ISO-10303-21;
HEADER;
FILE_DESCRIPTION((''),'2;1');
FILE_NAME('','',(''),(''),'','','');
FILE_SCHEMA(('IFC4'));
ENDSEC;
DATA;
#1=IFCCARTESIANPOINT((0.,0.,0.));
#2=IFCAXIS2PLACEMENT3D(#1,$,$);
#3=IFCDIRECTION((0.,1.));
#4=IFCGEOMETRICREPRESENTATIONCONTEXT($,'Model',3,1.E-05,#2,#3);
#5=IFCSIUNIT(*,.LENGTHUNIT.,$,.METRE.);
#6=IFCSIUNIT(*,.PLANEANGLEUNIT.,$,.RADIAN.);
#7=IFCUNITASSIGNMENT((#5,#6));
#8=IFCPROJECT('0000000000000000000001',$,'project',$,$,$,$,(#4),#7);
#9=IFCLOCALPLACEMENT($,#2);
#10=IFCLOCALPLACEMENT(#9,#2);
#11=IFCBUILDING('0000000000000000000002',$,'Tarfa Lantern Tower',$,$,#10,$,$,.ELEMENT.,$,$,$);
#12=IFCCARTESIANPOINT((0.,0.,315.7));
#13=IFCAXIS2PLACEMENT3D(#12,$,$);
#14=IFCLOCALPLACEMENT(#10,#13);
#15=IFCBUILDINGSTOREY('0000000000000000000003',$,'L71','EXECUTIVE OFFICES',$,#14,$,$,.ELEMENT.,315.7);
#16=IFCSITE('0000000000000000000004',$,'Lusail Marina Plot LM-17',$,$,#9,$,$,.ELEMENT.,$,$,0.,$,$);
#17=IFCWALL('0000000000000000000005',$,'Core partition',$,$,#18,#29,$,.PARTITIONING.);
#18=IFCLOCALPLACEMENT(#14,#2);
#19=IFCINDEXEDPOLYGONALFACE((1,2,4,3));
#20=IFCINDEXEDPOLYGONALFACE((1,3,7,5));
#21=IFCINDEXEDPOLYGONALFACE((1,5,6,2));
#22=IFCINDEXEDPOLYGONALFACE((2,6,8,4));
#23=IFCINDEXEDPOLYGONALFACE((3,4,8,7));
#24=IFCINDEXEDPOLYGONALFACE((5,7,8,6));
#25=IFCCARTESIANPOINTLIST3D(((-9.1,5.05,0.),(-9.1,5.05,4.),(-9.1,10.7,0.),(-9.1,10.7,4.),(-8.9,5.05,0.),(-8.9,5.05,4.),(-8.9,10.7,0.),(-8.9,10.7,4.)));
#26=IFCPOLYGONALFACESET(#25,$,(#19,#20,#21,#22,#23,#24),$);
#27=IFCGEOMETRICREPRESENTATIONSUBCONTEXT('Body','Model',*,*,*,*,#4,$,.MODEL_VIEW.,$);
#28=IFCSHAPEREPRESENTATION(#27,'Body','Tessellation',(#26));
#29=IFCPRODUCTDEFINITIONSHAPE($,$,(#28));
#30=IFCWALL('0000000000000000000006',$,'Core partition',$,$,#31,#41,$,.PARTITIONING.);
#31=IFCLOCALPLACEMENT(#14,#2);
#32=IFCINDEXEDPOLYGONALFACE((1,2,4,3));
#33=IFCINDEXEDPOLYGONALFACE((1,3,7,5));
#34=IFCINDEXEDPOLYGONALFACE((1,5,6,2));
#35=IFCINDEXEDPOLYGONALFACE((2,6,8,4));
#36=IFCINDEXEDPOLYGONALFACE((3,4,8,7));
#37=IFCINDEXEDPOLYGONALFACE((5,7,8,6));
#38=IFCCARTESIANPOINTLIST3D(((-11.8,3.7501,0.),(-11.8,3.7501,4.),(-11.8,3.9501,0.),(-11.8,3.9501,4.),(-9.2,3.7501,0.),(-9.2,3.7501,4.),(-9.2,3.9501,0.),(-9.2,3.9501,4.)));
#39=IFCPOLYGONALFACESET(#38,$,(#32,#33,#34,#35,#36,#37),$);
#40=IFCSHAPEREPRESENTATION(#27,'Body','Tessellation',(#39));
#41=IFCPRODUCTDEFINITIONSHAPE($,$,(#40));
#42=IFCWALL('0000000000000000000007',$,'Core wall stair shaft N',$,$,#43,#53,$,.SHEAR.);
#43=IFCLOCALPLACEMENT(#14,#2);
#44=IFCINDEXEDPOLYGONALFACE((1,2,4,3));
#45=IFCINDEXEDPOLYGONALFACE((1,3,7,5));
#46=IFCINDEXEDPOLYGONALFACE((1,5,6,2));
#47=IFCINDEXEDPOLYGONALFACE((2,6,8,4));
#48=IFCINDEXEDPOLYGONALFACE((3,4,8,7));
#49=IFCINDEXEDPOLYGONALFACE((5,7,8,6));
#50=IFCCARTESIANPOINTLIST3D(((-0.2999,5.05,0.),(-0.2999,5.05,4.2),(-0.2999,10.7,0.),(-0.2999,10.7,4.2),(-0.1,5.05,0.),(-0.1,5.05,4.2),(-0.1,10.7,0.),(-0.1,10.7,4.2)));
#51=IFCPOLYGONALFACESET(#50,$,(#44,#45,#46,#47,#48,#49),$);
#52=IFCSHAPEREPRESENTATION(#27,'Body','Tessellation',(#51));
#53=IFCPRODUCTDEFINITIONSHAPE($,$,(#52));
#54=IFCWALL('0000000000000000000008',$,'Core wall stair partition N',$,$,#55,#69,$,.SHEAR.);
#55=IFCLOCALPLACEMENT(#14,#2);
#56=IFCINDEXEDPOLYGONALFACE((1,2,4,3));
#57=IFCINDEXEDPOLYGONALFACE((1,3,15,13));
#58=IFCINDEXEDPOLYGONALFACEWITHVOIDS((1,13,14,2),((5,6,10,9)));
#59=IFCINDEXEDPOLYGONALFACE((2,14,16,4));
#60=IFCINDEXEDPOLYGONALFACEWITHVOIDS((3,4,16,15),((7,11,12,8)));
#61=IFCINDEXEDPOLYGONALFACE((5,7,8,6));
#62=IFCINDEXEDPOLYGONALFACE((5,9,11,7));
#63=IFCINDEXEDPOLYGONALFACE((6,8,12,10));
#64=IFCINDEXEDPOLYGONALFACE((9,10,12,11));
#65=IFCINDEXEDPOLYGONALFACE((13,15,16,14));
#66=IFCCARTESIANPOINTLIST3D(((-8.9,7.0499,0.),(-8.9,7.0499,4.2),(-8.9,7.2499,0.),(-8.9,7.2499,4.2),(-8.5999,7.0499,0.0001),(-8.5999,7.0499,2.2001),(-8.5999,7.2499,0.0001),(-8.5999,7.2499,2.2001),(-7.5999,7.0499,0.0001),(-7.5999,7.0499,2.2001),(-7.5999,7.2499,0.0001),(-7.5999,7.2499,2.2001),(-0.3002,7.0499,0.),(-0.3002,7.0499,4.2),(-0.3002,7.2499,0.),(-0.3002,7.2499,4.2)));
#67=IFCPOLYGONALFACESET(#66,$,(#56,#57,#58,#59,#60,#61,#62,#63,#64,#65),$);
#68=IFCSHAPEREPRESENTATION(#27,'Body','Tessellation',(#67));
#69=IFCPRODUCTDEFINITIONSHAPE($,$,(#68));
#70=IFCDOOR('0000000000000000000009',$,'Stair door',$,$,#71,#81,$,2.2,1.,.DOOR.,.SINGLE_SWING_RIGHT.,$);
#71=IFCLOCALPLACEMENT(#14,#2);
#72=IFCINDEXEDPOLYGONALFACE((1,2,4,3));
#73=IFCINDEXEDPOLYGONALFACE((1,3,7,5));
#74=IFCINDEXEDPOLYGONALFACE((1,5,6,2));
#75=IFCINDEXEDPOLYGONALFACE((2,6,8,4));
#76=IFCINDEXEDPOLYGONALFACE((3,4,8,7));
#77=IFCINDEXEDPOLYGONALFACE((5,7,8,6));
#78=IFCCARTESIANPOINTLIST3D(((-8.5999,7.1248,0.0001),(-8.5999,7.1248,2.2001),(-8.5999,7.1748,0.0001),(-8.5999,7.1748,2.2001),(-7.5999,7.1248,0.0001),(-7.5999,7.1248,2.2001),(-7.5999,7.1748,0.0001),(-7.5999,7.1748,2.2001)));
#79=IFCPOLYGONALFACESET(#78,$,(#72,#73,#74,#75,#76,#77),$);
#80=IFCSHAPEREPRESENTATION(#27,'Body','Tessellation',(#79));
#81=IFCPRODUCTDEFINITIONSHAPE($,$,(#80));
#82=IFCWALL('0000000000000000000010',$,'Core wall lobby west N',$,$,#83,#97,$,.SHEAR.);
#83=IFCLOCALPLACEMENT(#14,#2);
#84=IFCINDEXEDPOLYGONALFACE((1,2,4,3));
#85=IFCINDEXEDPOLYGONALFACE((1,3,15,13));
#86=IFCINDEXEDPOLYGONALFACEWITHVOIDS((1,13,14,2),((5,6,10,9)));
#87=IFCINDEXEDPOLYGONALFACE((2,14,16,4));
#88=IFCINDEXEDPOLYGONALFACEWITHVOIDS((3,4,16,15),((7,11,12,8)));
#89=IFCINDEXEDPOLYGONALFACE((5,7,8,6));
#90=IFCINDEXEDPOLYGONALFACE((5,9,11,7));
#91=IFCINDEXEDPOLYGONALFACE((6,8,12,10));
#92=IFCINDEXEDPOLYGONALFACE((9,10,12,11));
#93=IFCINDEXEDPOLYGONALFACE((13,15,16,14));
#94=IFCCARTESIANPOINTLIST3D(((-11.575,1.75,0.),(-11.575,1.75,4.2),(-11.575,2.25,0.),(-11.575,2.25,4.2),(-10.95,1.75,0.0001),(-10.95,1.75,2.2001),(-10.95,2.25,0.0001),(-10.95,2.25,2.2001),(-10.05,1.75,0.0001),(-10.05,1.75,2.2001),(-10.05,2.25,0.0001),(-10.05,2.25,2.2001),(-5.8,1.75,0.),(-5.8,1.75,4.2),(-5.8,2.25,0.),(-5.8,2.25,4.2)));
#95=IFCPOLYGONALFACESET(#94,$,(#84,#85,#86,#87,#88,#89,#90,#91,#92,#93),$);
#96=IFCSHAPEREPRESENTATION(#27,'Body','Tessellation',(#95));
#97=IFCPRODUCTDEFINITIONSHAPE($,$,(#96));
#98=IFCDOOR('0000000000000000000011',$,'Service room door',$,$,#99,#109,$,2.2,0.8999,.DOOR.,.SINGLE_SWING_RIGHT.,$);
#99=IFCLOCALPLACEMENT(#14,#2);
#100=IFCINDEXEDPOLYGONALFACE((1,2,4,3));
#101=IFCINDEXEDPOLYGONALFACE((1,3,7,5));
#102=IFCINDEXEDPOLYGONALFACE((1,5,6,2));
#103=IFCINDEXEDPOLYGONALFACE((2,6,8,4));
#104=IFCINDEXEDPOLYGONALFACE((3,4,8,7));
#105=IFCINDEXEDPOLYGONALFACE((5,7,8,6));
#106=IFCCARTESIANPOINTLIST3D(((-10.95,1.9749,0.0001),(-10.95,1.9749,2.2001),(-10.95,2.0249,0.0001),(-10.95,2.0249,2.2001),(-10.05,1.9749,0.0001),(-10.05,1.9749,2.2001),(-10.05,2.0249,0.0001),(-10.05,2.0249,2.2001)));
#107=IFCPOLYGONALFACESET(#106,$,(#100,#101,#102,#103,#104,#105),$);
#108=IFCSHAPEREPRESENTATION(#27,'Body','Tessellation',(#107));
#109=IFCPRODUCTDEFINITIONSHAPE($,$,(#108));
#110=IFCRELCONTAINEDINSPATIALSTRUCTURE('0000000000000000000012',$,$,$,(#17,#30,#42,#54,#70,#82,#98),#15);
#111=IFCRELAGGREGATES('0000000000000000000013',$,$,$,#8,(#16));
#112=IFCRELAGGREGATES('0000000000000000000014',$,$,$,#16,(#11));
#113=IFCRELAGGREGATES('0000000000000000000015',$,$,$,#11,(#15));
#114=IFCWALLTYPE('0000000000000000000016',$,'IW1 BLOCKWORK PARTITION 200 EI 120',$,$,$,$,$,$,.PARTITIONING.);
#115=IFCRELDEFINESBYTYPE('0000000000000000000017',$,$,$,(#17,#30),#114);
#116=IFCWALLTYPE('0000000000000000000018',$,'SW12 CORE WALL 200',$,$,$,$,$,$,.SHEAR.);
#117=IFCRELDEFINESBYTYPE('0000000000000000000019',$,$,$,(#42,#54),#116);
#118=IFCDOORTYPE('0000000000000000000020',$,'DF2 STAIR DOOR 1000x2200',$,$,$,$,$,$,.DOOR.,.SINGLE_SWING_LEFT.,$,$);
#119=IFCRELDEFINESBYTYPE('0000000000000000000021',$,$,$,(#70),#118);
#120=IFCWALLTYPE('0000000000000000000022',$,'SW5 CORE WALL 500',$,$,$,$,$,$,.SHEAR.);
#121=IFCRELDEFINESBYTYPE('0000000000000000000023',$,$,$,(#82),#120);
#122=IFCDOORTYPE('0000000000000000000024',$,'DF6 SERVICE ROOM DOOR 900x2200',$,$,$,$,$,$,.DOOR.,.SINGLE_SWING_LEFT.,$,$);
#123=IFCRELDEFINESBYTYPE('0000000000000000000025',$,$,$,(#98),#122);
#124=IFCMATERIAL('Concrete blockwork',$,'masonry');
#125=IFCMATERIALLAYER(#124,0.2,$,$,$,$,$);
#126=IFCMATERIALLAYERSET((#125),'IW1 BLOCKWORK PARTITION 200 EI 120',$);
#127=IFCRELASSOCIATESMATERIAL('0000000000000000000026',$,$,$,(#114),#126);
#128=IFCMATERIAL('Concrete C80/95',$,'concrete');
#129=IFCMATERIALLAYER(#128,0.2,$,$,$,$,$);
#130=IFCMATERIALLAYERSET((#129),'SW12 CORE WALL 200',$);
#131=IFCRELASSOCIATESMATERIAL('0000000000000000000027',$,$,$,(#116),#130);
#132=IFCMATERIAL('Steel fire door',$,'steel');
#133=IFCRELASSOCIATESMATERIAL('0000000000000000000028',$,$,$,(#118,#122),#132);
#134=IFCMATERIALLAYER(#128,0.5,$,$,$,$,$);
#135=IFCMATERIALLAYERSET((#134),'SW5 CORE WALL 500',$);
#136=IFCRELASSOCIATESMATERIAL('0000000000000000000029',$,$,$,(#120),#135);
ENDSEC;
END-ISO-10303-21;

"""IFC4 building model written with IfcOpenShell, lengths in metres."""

from ifc_helpers import new_model, si_unit, direction, frame, frame_2d, origin, place, context, subcontext, project, spatial, rectangle, extrude, material, layer, layer_set, type_object, element, fill, save


model = new_model("IFC4")

# Units and contexts
model_context = context("Model", 3, precision=1e-05, world=origin(), true_north=direction((0.0, 1.0)))
body_context = subcontext(model_context, "Body", "Model", "MODEL_VIEW")
ifc_project = project(units=[si_unit("LENGTHUNIT", "METRE"), si_unit("PLANEANGLEUNIT", "RADIAN")], contexts=[model_context])

# Site, building, storey
site_placement = place(None, origin())
site = spatial("IfcSite", under=ifc_project, at=site_placement, Name="Lusail Marina Plot LM-17", CompositionType="ELEMENT", RefElevation=0.0)
building_placement = place(site_placement, origin())
building = spatial("IfcBuilding", under=site, at=building_placement, Name="Tarfa Lantern Tower", CompositionType="ELEMENT")
storey_placement = place(building_placement, frame((0.0, 0.0, 315.7)))
storey = spatial("IfcBuildingStorey", under=building, at=storey_placement, Name="L71", Description="EXECUTIVE OFFICES", CompositionType="ELEMENT", Elevation=315.7)

# Walls
ifc_material_1 = material(Name="Concrete blockwork", Category="masonry")
ifc_layer_1 = layer(ifc_material_1, 0.2)
ifc_layer_set_1 = layer_set([ifc_layer_1], Name="IW1 BLOCKWORK PARTITION 200 EI 120")
wall_type_1 = type_object("IfcWallType", Name="IW1 BLOCKWORK PARTITION 200 EI 120", PredefinedType="PARTITIONING", material=ifc_layer_set_1)
wall_1_placement = place(storey_placement, frame((-9.0, 5.05, 0.0), z_axis=(0.0, 0.0, 1.0), x_axis=(0.0, 1.0, 0.0)))
element("IfcWall", 1, at=wall_1_placement, inside=storey, type_object=wall_type_1, Name="Core partition", PredefinedType="PARTITIONING", context=body_context, shape_type="SweptSolid", body=[
    extrude(rectangle(XDim=5.6499, YDim=0.2, at=frame_2d((2.825, 0.0))), origin(), (0.0, 0.0, 1.0), 4.0),
])
wall_2_placement = place(storey_placement, frame((-11.8, 3.8501, 0.0), z_axis=(0.0, 0.0, 1.0), x_axis=(1.0, 0.0, 0.0)))
element("IfcWall", 2, at=wall_2_placement, inside=storey, type_object=wall_type_1, Name="Core partition", PredefinedType="PARTITIONING", context=body_context, shape_type="SweptSolid", body=[
    extrude(rectangle(XDim=2.6001, YDim=0.2, at=frame_2d((1.3, 0.0))), origin(), (0.0, 0.0, 1.0), 4.0),
])
ifc_material_2 = material(Name="Concrete C80/95", Category="concrete")
ifc_layer_2 = layer(ifc_material_2, 0.2)
ifc_layer_set_2 = layer_set([ifc_layer_2], Name="SW12 CORE WALL 200")
wall_type_2 = type_object("IfcWallType", Name="SW12 CORE WALL 200", PredefinedType="SHEAR", material=ifc_layer_set_2)
wall_3_placement = place(storey_placement, frame((-0.2, 5.05, 0.0), z_axis=(0.0, 0.0, 1.0), x_axis=(0.0, 1.0, 0.0)))
element("IfcWall", 3, at=wall_3_placement, inside=storey, type_object=wall_type_2, Name="Core wall stair shaft N", PredefinedType="SHEAR", context=body_context, shape_type="SweptSolid", body=[
    extrude(rectangle(XDim=5.6499, YDim=0.2, at=frame_2d((2.825, 0.0))), origin(), (0.0, 0.0, 1.0), 4.2),
])

# Walls, openings, doors
wall_4_placement = place(storey_placement, frame((-8.8999, 7.1499, 0.0), z_axis=(0.0, 0.0, 1.0), x_axis=(1.0, 0.0, 0.0)))
wall_4 = element("IfcWall", 4, at=wall_4_placement, inside=storey, type_object=wall_type_2, Name="Core wall stair partition N", PredefinedType="SHEAR", context=body_context, shape_type="SweptSolid", body=[
    extrude(rectangle(XDim=8.5999, YDim=0.2, at=frame_2d((4.2998, 0.0))), origin(), (0.0, 0.0, 1.0), 4.2),
])
opening_1_placement = place(wall_4_placement, frame((0.3, 0.0, 0.0)))
opening_1 = element("IfcOpeningElement", 5, at=opening_1_placement, cuts=wall_4, PredefinedType="OPENING", context=body_context, shape_type="SweptSolid", body=[
    extrude(rectangle(XDim=1.0, YDim=2.2, at=frame_2d((0.5, 1.1001))), frame((0.0, 0.1099, 0.0), z_axis=(0.0, -1.0, 0.0), x_axis=(1.0, 0.0, 0.0)), (0.0, 0.0, 1.0), 0.22),
])
ifc_material_3 = material(Name="Steel fire door", Category="steel")
door_type_1 = type_object("IfcDoorType", Name="DF2 STAIR DOOR 1000x2200", OperationType="SINGLE_SWING_LEFT", PredefinedType="DOOR", material=ifc_material_3)
door_1_placement = place(opening_1_placement, origin())
door_1 = element("IfcDoor", 6, at=door_1_placement, inside=storey, type_object=door_type_1, Name="Stair door", OperationType="SINGLE_SWING_RIGHT", OverallHeight=2.2, OverallWidth=1.0, PredefinedType="DOOR", context=body_context, shape_type="SweptSolid", body=[
    extrude(rectangle(XDim=1.0, YDim=2.2, at=frame_2d((0.5, 1.1001))), frame((0.0, 0.0249, 0.0), z_axis=(0.0, -1.0, 0.0), x_axis=(1.0, 0.0, 0.0)), (0.0, 0.0, 1.0), 0.05),
])
fill(opening_1, door_1)
ifc_layer_3 = layer(ifc_material_2, 0.5)
ifc_layer_set_3 = layer_set([ifc_layer_3], Name="SW5 CORE WALL 500")
wall_type_3 = type_object("IfcWallType", Name="SW5 CORE WALL 500", PredefinedType="SHEAR", material=ifc_layer_set_3)
wall_5_placement = place(storey_placement, frame((-11.575, 2.0, 0.0), z_axis=(0.0, 0.0, 1.0), x_axis=(1.0, 0.0, 0.0)))
wall_5 = element("IfcWall", 7, at=wall_5_placement, inside=storey, type_object=wall_type_3, Name="Core wall lobby west N", PredefinedType="SHEAR", context=body_context, shape_type="SweptSolid", body=[
    extrude(rectangle(XDim=5.7749, YDim=0.5, at=frame_2d((2.8875, 0.0))), origin(), (0.0, 0.0, 1.0), 4.2),
])
opening_2_placement = place(wall_5_placement, frame((0.625, 0.0, 0.0)))
opening_2 = element("IfcOpeningElement", 8, at=opening_2_placement, cuts=wall_5, PredefinedType="OPENING", context=body_context, shape_type="SweptSolid", body=[
    extrude(rectangle(XDim=0.8999, YDim=2.2, at=frame_2d((0.45, 1.1001))), frame((0.0, 0.26, 0.0), z_axis=(0.0, -1.0, 0.0), x_axis=(1.0, 0.0, 0.0)), (0.0, 0.0, 1.0), 0.52),
])
door_type_2 = type_object("IfcDoorType", Name="DF6 SERVICE ROOM DOOR 900x2200", OperationType="SINGLE_SWING_LEFT", PredefinedType="DOOR", material=ifc_material_3)
door_2_placement = place(opening_2_placement, origin())
door_2 = element("IfcDoor", 9, at=door_2_placement, inside=storey, type_object=door_type_2, Name="Service room door", OperationType="SINGLE_SWING_RIGHT", OverallHeight=2.2, OverallWidth=0.8999, PredefinedType="DOOR", context=body_context, shape_type="SweptSolid", body=[
    extrude(rectangle(XDim=0.8999, YDim=2.2, at=frame_2d((0.45, 1.1001))), frame((0.0, 0.0249, 0.0), z_axis=(0.0, -1.0, 0.0), x_axis=(1.0, 0.0, 0.0)), (0.0, 0.0, 1.0), 0.05),
])
fill(opening_2, door_2)

save(model, "model.ifc")
